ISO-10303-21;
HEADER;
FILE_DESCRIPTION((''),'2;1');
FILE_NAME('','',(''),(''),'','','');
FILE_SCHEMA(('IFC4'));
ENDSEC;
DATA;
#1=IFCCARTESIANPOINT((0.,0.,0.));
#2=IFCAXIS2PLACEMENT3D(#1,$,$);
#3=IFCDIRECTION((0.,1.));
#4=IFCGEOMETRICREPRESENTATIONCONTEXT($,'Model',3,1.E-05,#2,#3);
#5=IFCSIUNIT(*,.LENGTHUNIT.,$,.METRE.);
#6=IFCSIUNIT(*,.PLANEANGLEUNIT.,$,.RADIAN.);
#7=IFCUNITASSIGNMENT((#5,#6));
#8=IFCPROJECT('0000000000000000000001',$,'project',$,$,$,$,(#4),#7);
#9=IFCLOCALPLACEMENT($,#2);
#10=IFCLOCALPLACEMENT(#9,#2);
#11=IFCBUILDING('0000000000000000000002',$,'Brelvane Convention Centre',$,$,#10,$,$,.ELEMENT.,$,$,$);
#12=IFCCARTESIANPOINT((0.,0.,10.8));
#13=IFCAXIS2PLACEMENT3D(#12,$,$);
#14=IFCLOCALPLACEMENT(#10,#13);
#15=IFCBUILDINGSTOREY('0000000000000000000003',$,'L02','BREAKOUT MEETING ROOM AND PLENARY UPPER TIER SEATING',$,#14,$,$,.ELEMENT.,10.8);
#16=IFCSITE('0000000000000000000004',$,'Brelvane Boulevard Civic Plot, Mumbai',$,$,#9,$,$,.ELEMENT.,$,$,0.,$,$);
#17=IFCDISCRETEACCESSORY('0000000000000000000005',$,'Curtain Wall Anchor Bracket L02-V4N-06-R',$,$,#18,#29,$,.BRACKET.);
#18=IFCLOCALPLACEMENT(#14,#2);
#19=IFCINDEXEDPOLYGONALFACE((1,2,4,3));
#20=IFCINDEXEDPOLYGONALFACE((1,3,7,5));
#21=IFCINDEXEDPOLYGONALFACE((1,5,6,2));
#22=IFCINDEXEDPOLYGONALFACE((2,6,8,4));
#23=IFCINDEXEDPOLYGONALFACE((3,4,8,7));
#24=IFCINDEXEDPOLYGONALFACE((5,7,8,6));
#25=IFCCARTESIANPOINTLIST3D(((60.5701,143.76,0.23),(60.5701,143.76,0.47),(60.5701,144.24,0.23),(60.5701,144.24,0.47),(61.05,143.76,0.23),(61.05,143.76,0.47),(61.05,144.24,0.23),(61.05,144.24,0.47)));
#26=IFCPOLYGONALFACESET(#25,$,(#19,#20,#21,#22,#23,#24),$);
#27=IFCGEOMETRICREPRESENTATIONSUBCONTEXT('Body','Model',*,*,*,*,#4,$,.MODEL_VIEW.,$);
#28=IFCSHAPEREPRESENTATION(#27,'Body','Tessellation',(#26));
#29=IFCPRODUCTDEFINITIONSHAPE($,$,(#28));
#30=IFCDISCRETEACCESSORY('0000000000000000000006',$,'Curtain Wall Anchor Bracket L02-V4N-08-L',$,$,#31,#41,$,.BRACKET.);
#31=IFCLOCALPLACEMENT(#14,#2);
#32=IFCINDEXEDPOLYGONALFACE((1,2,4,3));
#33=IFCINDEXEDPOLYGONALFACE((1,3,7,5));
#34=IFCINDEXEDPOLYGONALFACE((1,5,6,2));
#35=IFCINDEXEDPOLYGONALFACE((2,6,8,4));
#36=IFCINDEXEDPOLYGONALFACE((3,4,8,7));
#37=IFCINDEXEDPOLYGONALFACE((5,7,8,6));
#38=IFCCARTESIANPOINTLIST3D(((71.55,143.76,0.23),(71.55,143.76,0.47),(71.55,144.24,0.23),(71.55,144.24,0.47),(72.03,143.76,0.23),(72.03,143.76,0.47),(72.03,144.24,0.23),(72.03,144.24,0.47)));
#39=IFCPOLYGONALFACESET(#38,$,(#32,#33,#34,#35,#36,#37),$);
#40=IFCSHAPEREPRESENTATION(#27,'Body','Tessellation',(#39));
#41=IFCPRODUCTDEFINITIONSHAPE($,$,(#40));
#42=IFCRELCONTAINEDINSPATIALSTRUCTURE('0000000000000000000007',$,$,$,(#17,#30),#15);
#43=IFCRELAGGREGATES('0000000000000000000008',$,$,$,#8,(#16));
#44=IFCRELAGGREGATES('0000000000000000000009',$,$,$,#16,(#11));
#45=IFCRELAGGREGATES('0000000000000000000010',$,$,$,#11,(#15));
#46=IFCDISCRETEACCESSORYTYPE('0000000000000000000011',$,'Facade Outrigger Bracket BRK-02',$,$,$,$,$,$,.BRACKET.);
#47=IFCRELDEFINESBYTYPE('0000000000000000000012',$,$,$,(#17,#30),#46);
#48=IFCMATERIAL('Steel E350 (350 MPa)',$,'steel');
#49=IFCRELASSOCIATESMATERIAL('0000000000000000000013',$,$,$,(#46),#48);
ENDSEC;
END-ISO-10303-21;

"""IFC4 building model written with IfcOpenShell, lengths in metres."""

from ifc_helpers import new_model, si_unit, direction, frame, origin, origin_2d, place, context, subcontext, project, spatial, rectangle, extrude, material, type_object, element, save


model = new_model("IFC4")

# Units and contexts
model_context = context("Model", 3, precision=1e-05, world=origin(), true_north=direction((0.0, 1.0)))
body_context = subcontext(model_context, "Body", "Model", "MODEL_VIEW")
ifc_project = project(units=[si_unit("LENGTHUNIT", "METRE"), si_unit("PLANEANGLEUNIT", "RADIAN")], contexts=[model_context])

# Site, building, storey
site_placement = place(None, origin())
site = spatial("IfcSite", under=ifc_project, at=site_placement, Name="Brelvane Boulevard Civic Plot, Mumbai", CompositionType="ELEMENT", RefElevation=0.0)
building_placement = place(site_placement, origin())
building = spatial("IfcBuilding", under=site, at=building_placement, Name="Brelvane Convention Centre", CompositionType="ELEMENT")
storey_placement = place(building_placement, frame((0.0, 0.0, 10.8)))
storey = spatial("IfcBuildingStorey", under=building, at=storey_placement, Name="L02", Description="BREAKOUT MEETING ROOM AND PLENARY UPPER TIER SEATING", CompositionType="ELEMENT", Elevation=10.8)

# Discrete accessories
ifc_material_1 = material(Name="Steel E350 (350 MPa)", Category="steel")
discrete_accessory_type = type_object("IfcDiscreteAccessoryType", Name="Facade Outrigger Bracket BRK-02", PredefinedType="BRACKET", material=ifc_material_1)
for number, where, z_axis, x_axis, name in (
    (1, (60.8101, 144.0, 0.23), (0.0, 0.0, 1.0), (1.0, 0.0, 0.0), "Curtain Wall Anchor Bracket L02-V4N-06-R"),
    (2, (71.79, 144.0, 0.23), (0.0, 0.0, 1.0), (1.0, 0.0, 0.0), "Curtain Wall Anchor Bracket L02-V4N-08-L"),
):
    element("IfcDiscreteAccessory", number, at=place(storey_placement, frame(where, z_axis=z_axis, x_axis=x_axis)), inside=storey, type_object=discrete_accessory_type, Name=name, PredefinedType="BRACKET", context=body_context, shape_type="SweptSolid", body=[
        extrude(rectangle(XDim=0.48, YDim=0.48, at=origin_2d()), origin(), (0.0, 0.0, 1.0), 0.24),
    ])

save(model, "model.ifc")
